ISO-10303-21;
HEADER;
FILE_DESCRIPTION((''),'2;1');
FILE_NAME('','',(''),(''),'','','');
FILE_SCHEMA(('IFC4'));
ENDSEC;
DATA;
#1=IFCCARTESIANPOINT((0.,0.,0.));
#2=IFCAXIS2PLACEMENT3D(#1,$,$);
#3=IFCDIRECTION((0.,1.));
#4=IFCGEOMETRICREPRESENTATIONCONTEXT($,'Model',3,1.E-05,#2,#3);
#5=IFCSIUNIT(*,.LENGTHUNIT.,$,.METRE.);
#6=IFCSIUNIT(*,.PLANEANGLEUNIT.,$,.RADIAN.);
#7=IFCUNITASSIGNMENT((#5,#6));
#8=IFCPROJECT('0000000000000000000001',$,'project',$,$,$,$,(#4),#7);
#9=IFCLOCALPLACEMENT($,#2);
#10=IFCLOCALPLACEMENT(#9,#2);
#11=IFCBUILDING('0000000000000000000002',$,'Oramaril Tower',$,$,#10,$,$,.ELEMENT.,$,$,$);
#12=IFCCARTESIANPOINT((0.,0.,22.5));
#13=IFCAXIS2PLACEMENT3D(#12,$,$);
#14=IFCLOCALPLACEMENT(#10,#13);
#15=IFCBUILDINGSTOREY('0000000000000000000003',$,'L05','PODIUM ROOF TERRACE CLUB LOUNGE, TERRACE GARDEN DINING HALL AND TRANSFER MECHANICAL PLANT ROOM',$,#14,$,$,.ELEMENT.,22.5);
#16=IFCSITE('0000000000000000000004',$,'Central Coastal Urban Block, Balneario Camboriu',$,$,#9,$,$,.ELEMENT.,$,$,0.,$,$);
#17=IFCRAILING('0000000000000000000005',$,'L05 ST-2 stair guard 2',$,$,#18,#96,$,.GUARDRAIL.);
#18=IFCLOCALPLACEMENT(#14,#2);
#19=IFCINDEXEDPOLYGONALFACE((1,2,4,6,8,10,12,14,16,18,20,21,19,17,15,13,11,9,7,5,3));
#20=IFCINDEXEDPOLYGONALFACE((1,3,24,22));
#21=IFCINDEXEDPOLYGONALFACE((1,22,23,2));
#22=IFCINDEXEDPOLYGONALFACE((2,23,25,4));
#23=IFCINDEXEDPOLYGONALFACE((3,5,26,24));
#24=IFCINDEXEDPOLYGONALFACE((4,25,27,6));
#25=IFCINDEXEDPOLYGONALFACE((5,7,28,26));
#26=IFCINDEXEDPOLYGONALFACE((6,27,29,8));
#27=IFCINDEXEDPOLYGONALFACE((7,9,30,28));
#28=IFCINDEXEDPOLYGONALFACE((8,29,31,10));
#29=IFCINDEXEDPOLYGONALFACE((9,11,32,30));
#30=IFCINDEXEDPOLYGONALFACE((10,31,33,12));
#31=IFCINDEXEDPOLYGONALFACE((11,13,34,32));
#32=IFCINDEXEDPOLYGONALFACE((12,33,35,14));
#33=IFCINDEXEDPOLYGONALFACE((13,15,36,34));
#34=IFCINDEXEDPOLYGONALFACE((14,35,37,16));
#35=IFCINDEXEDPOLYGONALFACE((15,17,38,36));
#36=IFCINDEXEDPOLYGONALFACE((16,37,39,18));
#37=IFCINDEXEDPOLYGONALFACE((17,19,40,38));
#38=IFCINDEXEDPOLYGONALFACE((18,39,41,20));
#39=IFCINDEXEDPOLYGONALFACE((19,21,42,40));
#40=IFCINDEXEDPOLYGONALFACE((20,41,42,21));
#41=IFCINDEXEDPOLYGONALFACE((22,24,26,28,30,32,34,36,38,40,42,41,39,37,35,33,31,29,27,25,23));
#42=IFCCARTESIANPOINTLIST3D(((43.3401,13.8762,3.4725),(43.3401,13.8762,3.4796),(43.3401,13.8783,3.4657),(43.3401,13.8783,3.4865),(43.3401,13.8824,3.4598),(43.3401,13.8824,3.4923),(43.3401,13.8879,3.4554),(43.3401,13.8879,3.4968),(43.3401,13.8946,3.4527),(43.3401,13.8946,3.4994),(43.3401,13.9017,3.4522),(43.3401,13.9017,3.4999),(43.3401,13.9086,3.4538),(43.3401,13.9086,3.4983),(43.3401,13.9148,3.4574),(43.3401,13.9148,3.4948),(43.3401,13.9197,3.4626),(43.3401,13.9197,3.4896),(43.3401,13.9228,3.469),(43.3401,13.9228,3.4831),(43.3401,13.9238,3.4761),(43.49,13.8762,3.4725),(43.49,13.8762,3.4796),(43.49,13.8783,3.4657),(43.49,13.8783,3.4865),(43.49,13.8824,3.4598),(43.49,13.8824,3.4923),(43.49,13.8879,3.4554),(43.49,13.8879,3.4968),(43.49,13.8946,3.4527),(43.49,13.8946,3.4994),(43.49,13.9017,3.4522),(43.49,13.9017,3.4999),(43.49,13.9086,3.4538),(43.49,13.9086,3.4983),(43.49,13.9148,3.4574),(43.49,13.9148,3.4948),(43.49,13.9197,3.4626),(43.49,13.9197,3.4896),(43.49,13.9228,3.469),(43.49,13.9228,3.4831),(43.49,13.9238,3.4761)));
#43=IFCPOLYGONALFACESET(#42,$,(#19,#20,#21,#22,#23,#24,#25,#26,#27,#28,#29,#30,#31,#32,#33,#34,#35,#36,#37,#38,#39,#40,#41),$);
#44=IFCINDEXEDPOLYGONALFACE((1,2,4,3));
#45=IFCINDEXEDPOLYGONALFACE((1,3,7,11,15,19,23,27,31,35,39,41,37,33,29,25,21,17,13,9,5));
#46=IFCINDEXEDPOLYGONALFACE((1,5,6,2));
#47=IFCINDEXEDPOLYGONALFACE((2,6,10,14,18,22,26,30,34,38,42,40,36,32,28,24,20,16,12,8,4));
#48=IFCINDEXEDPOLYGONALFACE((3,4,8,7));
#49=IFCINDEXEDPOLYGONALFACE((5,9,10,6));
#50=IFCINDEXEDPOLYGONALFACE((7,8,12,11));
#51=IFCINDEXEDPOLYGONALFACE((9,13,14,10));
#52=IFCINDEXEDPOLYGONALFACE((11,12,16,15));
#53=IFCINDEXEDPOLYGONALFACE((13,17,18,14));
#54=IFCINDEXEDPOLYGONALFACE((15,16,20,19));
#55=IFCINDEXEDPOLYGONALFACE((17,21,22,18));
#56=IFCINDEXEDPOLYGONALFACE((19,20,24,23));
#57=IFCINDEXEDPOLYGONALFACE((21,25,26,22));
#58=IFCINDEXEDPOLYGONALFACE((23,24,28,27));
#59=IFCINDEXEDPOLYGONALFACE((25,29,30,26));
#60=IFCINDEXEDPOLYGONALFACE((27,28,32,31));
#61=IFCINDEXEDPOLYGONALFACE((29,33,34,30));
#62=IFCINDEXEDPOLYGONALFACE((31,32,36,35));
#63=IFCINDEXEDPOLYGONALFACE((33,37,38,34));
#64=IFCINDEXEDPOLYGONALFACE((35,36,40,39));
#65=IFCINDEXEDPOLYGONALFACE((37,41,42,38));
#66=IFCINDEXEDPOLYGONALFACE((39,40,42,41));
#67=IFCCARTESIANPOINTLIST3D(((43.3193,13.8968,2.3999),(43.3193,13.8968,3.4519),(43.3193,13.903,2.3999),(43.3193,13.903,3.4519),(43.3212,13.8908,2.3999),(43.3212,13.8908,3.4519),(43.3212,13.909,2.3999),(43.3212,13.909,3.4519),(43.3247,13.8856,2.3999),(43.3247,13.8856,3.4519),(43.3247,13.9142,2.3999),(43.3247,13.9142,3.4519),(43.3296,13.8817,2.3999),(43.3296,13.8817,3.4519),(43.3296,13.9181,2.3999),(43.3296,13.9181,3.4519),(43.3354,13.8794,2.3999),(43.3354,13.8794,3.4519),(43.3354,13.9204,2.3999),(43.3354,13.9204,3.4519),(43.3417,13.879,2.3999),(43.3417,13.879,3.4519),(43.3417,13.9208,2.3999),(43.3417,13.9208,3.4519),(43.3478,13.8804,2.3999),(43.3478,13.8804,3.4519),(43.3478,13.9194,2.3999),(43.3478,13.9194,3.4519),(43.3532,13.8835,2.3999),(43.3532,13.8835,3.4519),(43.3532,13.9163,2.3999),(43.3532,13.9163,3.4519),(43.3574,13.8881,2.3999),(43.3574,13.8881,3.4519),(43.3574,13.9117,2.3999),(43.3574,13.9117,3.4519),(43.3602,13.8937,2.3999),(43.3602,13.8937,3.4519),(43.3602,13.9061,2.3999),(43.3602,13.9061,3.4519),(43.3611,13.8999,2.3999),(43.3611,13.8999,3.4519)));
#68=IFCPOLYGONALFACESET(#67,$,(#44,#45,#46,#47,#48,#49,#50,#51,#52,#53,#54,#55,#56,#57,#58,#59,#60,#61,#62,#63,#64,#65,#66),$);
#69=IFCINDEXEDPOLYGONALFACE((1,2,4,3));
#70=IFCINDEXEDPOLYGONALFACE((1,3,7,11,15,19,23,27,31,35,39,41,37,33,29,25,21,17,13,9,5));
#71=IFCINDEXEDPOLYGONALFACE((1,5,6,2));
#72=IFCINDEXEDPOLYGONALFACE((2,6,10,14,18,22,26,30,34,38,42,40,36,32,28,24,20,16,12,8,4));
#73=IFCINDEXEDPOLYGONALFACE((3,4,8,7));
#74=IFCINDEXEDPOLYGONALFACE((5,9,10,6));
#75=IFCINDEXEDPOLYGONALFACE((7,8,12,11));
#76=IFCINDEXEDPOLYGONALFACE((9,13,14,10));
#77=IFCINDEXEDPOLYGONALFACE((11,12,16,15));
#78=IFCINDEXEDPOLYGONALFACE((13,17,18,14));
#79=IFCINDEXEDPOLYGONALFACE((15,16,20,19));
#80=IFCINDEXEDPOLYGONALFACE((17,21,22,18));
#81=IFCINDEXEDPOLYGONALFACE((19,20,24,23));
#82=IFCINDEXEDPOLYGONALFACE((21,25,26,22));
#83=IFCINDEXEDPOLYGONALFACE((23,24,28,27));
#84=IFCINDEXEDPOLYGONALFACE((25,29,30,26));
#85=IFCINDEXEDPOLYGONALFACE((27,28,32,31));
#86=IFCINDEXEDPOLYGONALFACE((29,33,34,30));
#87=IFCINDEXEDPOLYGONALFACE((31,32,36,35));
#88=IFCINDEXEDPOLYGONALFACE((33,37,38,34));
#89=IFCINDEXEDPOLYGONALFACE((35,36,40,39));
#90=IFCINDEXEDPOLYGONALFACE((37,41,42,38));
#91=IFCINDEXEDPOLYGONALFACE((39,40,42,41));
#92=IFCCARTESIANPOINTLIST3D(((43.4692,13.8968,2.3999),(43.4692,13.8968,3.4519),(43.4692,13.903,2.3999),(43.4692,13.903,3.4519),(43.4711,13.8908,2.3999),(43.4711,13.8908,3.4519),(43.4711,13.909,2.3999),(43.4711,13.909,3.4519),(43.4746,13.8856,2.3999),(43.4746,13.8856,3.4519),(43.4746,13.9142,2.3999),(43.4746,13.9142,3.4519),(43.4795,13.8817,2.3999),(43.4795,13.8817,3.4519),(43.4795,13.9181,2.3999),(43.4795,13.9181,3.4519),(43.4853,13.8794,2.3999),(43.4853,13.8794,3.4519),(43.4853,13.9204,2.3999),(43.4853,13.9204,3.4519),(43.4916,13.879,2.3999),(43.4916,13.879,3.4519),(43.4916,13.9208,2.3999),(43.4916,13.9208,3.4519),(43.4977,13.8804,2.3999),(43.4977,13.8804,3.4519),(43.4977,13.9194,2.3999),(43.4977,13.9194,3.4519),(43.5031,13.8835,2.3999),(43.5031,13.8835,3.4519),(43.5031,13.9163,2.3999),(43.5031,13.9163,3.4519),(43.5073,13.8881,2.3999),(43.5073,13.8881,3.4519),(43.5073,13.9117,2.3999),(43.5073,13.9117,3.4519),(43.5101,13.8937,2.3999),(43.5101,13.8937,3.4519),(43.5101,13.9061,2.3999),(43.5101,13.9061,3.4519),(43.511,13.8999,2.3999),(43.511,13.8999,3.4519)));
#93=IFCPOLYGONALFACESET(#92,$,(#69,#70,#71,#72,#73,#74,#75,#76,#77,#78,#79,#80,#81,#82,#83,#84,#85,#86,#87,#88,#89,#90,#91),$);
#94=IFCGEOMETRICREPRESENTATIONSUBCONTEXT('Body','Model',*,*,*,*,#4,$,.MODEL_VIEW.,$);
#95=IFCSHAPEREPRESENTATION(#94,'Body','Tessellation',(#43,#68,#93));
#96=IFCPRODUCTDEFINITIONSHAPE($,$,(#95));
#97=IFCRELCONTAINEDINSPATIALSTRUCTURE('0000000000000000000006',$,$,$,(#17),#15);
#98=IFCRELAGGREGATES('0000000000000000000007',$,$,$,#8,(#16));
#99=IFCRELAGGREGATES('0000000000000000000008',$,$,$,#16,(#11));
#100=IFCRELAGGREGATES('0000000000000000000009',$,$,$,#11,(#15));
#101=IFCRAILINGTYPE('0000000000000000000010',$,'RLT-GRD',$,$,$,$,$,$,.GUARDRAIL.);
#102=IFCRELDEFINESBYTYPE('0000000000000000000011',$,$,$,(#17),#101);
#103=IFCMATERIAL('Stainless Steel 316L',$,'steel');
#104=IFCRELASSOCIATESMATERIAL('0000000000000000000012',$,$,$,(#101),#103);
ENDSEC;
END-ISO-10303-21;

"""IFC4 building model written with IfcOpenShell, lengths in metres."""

from ifc_helpers import new_model, si_unit, direction, frame, origin, origin_2d, place, context, subcontext, project, spatial, circle, extrude, material, type_object, element, save


model = new_model("IFC4")

# Units and contexts
model_context = context("Model", 3, precision=1e-05, world=origin(), true_north=direction((0.0, 1.0)))
body_context = subcontext(model_context, "Body", "Model", "MODEL_VIEW")
ifc_project = project(units=[si_unit("LENGTHUNIT", "METRE"), si_unit("PLANEANGLEUNIT", "RADIAN")], contexts=[model_context])

# Site, building, storey
site_placement = place(None, origin())
site = spatial("IfcSite", under=ifc_project, at=site_placement, Name="Central Coastal Urban Block, Balneario Camboriu", CompositionType="ELEMENT", RefElevation=0.0)
building_placement = place(site_placement, origin())
building = spatial("IfcBuilding", under=site, at=building_placement, Name="Oramaril Tower", CompositionType="ELEMENT")
storey_placement = place(building_placement, frame((0.0, 0.0, 22.5)))
storey = spatial("IfcBuildingStorey", under=building, at=storey_placement, Name="L05", Description="PODIUM ROOF TERRACE CLUB LOUNGE, TERRACE GARDEN DINING HALL AND TRANSFER MECHANICAL PLANT ROOM", CompositionType="ELEMENT", Elevation=22.5)

# Railing
ifc_material_1 = material(Name="Stainless Steel 316L", Category="steel")
railing_type_1 = type_object("IfcRailingType", Name="RLT-GRD", PredefinedType="GUARDRAIL", material=ifc_material_1)
railing_1_placement = place(storey_placement, frame((43.3401, 13.8999, 2.3999)))
element("IfcRailing", 1, at=railing_1_placement, inside=storey, type_object=railing_type_1, Name="L05 ST-2 stair guard 2", PredefinedType="GUARDRAIL", context=body_context, shape_type="SweptSolid", body=[
    extrude(circle(Radius=0.0239, at=origin_2d()), frame((0.0, 0.0, 1.0762), z_axis=(1.0, 0.0, 0.0), x_axis=(0.0, 1.0, 0.0)), (0.0, 0.0, 1.0), 0.1499),
    extrude(circle(Radius=0.021, at=origin_2d()), origin(), (0.0, 0.0, 1.0), 1.052),
    extrude(circle(Radius=0.021, at=origin_2d()), frame((0.1499, 0.0, 0.0)), (0.0, 0.0, 1.0), 1.052),
])

save(model, "model.ifc")
